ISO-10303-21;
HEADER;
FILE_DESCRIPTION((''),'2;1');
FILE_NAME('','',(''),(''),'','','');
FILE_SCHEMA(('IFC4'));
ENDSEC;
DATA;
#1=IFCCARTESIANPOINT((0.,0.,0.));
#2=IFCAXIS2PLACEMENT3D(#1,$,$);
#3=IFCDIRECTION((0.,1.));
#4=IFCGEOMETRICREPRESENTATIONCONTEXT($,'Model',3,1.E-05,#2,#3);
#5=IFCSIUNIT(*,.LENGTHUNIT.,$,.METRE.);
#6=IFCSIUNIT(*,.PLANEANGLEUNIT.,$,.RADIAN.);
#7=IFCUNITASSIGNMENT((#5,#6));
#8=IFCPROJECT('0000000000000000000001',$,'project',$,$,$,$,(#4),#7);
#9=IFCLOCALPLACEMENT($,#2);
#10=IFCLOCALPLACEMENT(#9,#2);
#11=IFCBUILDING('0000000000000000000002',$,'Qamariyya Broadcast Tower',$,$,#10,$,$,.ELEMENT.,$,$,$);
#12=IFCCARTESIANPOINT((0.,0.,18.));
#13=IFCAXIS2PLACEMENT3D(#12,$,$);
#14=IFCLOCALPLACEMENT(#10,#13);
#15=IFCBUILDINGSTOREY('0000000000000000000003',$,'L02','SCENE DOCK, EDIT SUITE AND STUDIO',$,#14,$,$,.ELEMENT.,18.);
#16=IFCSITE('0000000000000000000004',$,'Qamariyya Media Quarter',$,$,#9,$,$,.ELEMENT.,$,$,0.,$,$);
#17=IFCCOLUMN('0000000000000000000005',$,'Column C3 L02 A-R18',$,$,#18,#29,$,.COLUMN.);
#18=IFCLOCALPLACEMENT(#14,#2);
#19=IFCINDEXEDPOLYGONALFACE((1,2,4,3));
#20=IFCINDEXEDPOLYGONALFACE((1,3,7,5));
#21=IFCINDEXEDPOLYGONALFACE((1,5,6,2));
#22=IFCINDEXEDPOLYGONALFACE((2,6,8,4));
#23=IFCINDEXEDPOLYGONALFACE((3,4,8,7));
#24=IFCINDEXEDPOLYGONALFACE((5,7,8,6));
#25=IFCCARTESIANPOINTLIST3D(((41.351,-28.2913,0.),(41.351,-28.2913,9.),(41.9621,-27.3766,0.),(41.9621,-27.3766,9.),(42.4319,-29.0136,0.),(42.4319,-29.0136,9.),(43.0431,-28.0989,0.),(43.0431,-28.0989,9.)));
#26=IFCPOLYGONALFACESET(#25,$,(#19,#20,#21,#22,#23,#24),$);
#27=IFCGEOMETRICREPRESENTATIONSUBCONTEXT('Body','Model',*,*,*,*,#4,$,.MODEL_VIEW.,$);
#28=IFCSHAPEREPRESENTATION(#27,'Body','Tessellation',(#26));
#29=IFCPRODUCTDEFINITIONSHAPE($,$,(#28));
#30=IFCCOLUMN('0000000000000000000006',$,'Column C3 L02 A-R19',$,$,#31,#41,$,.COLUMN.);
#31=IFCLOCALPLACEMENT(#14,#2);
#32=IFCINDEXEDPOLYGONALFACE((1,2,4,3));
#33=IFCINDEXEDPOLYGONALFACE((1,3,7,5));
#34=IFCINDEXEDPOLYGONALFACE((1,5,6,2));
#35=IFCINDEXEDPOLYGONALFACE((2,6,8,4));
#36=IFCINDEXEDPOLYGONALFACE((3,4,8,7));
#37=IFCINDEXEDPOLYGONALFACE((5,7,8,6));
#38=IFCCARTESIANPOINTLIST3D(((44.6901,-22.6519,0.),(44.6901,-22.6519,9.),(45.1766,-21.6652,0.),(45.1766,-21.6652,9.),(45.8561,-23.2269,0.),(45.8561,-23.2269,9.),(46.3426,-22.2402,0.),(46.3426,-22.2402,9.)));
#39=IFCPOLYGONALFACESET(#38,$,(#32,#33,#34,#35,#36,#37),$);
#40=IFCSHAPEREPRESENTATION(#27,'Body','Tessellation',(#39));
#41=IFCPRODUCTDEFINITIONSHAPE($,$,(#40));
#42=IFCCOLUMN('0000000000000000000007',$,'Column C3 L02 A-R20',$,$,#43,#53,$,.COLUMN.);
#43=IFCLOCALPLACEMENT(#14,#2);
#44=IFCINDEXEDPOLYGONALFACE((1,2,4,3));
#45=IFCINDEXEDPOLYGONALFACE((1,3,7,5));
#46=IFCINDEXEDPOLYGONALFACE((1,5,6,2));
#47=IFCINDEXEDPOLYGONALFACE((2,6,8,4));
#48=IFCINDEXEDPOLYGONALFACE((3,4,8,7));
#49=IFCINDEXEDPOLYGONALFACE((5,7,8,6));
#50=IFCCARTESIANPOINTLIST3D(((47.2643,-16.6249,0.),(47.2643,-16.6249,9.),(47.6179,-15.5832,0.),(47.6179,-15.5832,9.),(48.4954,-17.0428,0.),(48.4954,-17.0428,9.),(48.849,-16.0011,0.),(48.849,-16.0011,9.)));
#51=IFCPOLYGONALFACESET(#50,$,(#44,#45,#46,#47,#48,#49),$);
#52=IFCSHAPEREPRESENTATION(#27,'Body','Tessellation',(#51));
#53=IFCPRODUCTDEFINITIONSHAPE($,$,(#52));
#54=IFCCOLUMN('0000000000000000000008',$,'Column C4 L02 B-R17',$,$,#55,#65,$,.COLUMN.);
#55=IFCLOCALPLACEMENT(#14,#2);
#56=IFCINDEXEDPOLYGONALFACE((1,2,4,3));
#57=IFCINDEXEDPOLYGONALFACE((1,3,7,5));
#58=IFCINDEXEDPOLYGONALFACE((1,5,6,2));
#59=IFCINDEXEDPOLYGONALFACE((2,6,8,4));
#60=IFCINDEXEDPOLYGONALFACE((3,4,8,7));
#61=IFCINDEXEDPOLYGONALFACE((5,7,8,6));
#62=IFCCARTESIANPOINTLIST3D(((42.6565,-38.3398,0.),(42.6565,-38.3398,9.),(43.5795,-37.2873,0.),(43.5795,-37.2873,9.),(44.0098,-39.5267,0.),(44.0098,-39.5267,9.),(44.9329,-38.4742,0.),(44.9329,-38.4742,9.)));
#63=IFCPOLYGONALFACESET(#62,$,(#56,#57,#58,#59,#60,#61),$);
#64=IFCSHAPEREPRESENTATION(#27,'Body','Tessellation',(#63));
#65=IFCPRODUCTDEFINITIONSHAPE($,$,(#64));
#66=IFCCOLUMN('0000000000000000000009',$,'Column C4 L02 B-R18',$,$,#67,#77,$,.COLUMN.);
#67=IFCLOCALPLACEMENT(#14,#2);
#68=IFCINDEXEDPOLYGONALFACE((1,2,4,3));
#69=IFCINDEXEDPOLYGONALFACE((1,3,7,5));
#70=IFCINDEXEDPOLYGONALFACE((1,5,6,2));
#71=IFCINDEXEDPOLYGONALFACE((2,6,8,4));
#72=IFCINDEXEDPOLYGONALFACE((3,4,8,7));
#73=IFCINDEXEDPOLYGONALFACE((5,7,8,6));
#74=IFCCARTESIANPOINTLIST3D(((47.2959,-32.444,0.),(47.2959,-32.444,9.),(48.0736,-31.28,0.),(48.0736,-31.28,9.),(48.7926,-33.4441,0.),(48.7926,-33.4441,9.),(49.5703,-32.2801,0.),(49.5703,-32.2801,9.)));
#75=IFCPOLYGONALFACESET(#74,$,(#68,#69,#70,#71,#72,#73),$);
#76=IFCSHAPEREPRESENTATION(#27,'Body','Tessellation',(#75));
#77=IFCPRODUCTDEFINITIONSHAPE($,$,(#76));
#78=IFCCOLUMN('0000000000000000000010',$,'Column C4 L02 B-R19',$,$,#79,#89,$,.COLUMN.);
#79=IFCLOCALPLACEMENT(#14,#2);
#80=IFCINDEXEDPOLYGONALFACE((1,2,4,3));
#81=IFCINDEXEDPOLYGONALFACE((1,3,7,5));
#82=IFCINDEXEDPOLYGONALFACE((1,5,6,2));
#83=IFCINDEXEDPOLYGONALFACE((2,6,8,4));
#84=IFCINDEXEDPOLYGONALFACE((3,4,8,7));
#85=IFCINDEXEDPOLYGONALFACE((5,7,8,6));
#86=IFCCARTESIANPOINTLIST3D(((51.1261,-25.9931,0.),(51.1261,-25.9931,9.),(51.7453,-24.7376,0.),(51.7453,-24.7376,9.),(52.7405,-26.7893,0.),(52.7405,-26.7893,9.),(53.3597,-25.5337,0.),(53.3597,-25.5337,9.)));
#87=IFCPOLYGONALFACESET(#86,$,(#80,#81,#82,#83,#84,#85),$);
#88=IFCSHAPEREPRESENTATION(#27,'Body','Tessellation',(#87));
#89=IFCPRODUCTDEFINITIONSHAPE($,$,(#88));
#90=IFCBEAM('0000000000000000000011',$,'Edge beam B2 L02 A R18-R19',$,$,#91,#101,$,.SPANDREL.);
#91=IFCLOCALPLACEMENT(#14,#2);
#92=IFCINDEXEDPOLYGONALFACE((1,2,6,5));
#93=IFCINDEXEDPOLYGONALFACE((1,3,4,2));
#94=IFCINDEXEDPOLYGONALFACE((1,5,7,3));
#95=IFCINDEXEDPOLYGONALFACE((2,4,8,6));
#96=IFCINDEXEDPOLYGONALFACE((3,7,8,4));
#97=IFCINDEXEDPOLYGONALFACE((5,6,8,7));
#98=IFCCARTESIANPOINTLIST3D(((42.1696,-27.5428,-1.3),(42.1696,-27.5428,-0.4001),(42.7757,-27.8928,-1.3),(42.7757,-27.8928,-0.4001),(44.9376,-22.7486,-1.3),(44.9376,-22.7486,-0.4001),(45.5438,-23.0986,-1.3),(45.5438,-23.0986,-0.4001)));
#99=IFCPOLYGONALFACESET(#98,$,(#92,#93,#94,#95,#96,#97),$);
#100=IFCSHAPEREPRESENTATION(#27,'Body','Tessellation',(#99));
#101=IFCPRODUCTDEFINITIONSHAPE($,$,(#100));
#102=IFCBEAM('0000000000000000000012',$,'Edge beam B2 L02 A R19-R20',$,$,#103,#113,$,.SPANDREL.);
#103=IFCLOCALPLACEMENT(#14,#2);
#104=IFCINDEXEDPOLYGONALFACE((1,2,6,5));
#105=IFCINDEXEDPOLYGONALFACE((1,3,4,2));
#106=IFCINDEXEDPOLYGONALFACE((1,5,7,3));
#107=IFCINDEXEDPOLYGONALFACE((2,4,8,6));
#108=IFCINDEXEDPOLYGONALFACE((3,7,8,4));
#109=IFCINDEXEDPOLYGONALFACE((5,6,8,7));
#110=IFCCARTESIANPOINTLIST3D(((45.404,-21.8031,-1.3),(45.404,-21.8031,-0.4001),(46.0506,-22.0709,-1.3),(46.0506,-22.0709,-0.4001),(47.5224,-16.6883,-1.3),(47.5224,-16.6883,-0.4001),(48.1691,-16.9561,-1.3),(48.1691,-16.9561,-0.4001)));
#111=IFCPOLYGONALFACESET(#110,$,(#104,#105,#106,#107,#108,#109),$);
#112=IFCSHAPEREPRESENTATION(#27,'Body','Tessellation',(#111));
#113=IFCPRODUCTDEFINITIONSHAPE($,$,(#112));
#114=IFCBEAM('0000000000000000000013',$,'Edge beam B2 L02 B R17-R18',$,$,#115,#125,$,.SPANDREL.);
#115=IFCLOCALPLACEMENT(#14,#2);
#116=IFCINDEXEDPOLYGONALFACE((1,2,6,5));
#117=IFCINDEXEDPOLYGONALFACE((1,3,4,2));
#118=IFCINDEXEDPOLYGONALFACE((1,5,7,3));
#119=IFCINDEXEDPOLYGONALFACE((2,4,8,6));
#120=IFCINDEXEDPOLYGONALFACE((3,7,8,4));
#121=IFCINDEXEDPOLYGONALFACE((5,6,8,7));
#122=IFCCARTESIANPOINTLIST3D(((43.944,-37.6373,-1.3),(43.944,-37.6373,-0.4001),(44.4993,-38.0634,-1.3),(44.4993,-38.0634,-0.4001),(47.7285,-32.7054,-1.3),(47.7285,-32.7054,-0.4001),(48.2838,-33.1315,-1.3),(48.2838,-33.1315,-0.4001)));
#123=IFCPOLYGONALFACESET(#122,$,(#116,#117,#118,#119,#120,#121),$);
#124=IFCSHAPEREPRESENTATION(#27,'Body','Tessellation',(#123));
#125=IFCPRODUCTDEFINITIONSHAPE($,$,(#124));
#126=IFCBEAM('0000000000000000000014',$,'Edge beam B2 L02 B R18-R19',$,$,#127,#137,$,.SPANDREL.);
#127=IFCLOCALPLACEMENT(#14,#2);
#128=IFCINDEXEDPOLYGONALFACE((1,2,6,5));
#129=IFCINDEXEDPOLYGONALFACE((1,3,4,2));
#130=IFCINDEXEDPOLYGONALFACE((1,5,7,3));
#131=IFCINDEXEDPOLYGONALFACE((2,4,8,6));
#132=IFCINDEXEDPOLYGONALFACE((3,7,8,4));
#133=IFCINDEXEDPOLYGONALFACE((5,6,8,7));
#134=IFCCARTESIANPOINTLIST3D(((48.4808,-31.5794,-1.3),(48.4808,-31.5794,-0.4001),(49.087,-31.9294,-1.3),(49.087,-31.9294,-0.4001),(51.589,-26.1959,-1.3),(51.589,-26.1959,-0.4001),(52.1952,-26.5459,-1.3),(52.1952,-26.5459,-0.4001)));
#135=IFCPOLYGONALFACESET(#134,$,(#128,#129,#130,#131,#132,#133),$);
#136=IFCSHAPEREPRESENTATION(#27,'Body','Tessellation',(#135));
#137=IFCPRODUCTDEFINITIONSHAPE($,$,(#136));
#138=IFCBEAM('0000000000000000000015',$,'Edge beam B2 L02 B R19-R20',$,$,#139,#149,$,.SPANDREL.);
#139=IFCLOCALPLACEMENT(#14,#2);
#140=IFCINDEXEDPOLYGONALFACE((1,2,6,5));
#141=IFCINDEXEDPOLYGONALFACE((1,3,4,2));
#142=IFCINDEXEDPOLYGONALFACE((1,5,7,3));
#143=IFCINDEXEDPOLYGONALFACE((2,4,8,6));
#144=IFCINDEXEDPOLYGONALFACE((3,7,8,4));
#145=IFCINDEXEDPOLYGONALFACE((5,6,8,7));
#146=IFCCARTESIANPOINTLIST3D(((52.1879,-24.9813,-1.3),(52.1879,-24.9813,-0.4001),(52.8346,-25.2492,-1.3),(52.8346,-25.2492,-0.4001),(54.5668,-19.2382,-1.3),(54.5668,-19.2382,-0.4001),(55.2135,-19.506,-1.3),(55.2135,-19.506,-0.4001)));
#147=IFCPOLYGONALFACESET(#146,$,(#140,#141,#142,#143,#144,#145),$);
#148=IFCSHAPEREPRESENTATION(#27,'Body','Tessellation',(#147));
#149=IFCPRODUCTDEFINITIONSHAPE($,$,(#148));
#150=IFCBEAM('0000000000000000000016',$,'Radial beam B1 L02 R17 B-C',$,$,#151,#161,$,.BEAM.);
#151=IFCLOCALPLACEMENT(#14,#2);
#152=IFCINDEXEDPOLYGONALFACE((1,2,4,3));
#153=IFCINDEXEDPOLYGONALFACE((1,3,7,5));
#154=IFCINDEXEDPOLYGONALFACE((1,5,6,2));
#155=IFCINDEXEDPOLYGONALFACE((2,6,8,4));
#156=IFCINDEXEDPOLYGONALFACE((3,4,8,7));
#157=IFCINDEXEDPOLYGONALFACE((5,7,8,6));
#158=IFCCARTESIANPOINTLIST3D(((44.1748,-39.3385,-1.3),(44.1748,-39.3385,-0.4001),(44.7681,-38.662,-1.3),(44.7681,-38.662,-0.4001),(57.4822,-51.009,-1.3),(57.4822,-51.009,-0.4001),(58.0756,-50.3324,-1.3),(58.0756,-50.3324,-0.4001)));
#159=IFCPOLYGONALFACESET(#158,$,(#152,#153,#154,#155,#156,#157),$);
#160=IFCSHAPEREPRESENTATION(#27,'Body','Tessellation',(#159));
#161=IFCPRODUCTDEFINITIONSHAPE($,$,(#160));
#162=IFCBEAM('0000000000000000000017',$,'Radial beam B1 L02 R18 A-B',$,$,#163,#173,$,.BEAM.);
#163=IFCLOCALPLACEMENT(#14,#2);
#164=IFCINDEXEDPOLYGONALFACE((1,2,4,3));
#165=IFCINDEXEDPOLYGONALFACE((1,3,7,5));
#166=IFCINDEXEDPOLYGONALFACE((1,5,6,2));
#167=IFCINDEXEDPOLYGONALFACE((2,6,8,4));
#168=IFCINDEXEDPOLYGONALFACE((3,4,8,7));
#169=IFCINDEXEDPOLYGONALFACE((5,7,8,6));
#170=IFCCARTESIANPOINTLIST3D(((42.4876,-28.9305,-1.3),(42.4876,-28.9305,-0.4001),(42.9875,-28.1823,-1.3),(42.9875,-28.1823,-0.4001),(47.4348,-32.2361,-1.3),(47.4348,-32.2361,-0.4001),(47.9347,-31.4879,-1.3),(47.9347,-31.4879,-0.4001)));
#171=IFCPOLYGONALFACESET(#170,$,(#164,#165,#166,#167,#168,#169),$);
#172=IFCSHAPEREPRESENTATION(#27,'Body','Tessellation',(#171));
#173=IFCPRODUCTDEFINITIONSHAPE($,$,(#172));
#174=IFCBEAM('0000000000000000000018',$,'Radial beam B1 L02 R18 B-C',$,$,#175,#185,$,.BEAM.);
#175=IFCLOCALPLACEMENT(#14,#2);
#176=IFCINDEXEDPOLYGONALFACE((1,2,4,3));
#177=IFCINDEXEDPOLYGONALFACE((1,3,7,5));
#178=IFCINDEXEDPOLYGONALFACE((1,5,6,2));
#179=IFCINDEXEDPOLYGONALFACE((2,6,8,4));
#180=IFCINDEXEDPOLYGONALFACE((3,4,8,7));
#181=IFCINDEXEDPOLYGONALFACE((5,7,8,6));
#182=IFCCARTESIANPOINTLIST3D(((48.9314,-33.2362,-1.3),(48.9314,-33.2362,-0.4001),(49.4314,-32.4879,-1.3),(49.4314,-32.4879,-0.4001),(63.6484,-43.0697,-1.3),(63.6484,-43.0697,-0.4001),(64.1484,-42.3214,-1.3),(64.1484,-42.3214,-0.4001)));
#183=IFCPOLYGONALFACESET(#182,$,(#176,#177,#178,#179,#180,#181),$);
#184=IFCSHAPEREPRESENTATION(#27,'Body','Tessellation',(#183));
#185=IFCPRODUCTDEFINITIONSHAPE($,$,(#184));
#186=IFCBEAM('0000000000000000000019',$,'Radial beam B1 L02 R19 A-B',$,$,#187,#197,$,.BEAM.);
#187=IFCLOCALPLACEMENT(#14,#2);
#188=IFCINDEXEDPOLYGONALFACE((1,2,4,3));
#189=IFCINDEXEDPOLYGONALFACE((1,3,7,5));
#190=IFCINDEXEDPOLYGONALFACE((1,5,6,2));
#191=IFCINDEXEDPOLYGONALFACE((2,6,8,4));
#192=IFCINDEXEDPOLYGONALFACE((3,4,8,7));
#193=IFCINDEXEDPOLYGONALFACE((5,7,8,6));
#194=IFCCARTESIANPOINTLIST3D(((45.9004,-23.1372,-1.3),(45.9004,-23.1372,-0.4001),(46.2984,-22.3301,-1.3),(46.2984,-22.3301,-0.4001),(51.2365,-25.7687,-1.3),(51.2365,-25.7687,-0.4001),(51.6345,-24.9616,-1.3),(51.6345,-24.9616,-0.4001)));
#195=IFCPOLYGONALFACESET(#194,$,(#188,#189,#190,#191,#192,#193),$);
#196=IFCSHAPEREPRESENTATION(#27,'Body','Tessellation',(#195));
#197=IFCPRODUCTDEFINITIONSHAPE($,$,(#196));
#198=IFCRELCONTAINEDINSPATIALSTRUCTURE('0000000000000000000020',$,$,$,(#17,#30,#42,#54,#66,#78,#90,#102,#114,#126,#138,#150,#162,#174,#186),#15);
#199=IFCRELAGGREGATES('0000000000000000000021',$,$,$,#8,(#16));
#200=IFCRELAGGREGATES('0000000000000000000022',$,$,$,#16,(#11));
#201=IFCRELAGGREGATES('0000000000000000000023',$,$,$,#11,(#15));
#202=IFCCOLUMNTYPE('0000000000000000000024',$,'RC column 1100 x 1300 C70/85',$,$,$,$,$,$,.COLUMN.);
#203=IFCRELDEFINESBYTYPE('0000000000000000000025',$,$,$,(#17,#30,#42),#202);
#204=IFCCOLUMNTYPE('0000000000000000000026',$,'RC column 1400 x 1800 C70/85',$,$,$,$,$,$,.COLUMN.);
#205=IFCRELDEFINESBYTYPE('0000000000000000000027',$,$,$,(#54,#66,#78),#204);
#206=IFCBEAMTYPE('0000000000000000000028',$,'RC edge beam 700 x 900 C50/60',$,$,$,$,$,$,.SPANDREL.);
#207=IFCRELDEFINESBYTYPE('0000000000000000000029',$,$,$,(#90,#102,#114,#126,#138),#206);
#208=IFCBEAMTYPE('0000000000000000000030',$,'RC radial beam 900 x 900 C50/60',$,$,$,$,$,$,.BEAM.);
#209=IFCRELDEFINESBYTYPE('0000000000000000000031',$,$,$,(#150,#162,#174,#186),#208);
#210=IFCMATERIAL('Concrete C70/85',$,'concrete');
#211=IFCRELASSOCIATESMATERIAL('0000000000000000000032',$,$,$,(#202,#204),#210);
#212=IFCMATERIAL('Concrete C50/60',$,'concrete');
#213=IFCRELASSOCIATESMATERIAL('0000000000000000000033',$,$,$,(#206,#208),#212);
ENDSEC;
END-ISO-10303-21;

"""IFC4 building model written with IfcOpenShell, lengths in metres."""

from ifc_helpers import new_model, si_unit, direction, frame, origin, origin_2d, place, context, subcontext, project, spatial, rectangle, extrude, material, material_profile, profile_set, type_object, element, save


model = new_model("IFC4")

# Units and contexts
model_context = context("Model", 3, precision=1e-05, world=origin(), true_north=direction((0.0, 1.0)))
body_context = subcontext(model_context, "Body", "Model", "MODEL_VIEW")
ifc_project = project(units=[si_unit("LENGTHUNIT", "METRE"), si_unit("PLANEANGLEUNIT", "RADIAN")], contexts=[model_context])

# Site, building, storey
site_placement = place(None, origin())
site = spatial("IfcSite", under=ifc_project, at=site_placement, Name="Qamariyya Media Quarter", CompositionType="ELEMENT", RefElevation=0.0)
building_placement = place(site_placement, origin())
building = spatial("IfcBuilding", under=site, at=building_placement, Name="Qamariyya Broadcast Tower", CompositionType="ELEMENT")
storey_placement = place(building_placement, frame((0.0, 0.0, 18.0)))
storey = spatial("IfcBuildingStorey", under=building, at=storey_placement, Name="L02", Description="SCENE DOCK, EDIT SUITE AND STUDIO", CompositionType="ELEMENT", Elevation=18.0)

# Columns
ifc_material_1 = material(Name="Concrete C70/85", Category="concrete")
ifc_material_profile_1 = material_profile(ifc_material_1, rectangle(XDim=1.1001, YDim=1.3, at=origin_2d()))
ifc_profile_set_1 = profile_set([ifc_material_profile_1], Name="Concrete C70/85")
column_type_1 = type_object("IfcColumnType", Name="RC column 1100 x 1300 C70/85", PredefinedType="COLUMN", material=ifc_profile_set_1)
for number, where, z_axis, x_axis, name in (
    (1, (42.197, -28.1951, 0.0), (0.0, 0.0, 1.0), (0.55557, 0.83147, 0.0), "Column C3 L02 A-R18"),
    (2, (45.5164, -22.446, 0.0), (0.0, 0.0, 1.0), (0.442289, 0.896873, 0.0), "Column C3 L02 A-R19"),
    (3, (48.0566, -16.313, 0.0), (0.0, 0.0, 1.0), (0.321439, 0.94693, 0.0), "Column C3 L02 A-R20"),
):
    element("IfcColumn", number, at=place(storey_placement, frame(where, z_axis=z_axis, x_axis=x_axis)), inside=storey, type_object=column_type_1, Name=name, PredefinedType="COLUMN", context=body_context, shape_type="SweptSolid", body=[
        extrude(rectangle(XDim=1.1001, YDim=1.3, at=origin_2d()), origin(), (0.0, 0.0, 1.0), 9.0),
    ])
ifc_material_profile_2 = material_profile(ifc_material_1, rectangle(XDim=1.3999, YDim=1.8, at=origin_2d()))
ifc_profile_set_2 = profile_set([ifc_material_profile_2], Name="Concrete C70/85")
column_type_2 = type_object("IfcColumnType", Name="RC column 1400 x 1800 C70/85", PredefinedType="COLUMN", material=ifc_profile_set_2)
for number, where, z_axis, x_axis, name in (
    (4, (43.7947, -38.407, 0.0), (0.0, 0.0, 1.0), (0.659346, 0.75184, 0.0), "Column C4 L02 B-R17"),
    (5, (48.4331, -32.3621, 0.0), (0.0, 0.0, 1.0), (0.55557, 0.83147, 0.0), "Column C4 L02 B-R18"),
    (6, (52.2429, -25.7634, 0.0), (0.0, 0.0, 1.0), (0.442289, 0.896873, 0.0), "Column C4 L02 B-R19"),
):
    element("IfcColumn", number, at=place(storey_placement, frame(where, z_axis=z_axis, x_axis=x_axis)), inside=storey, type_object=column_type_2, Name=name, PredefinedType="COLUMN", context=body_context, shape_type="SweptSolid", body=[
        extrude(rectangle(XDim=1.3999, YDim=1.8, at=origin_2d()), origin(), (0.0, 0.0, 1.0), 9.0),
    ])

# Beams
ifc_material_2 = material(Name="Concrete C50/60", Category="concrete")
ifc_material_profile_3 = material_profile(ifc_material_2, rectangle(XDim=0.7, YDim=0.8999, at=origin_2d()))
ifc_profile_set_3 = profile_set([ifc_material_profile_3], Name="Concrete C50/60")
beam_type_1 = type_object("IfcBeamType", Name="RC edge beam 700 x 900 C50/60", PredefinedType="SPANDREL", material=ifc_profile_set_3)
beam_1_placement = place(storey_placement, frame((42.4727, -27.7178, -0.8501), z_axis=(0.500019, 0.866014, 0.0), x_axis=(-0.866014, 0.500019, 0.0)))
element("IfcBeam", 7, at=beam_1_placement, inside=storey, type_object=beam_type_1, Name="Edge beam B2 L02 A R18-R19", PredefinedType="SPANDREL", context=body_context, shape_type="SweptSolid", body=[
    extrude(rectangle(XDim=0.7, YDim=0.8999, at=origin_2d()), origin(), (0.0, 0.0, 1.0), 5.5359),
])
beam_2_placement = place(storey_placement, frame((45.7273, -21.937, -0.8501), z_axis=(0.382654, 0.923892, 0.0), x_axis=(-0.923892, 0.382654, 0.0)))
element("IfcBeam", 8, at=beam_2_placement, inside=storey, type_object=beam_type_1, Name="Edge beam B2 L02 A R19-R20", PredefinedType="SPANDREL", context=body_context, shape_type="SweptSolid", body=[
    extrude(rectangle(XDim=0.7, YDim=0.8999, at=origin_2d()), origin(), (0.0, 0.0, 1.0), 5.5361),
])
beam_3_placement = place(storey_placement, frame((44.2217, -37.8503, -0.8501), z_axis=(0.608767, 0.793349, 0.0), x_axis=(-0.793349, 0.608767, 0.0)))
element("IfcBeam", 9, at=beam_3_placement, inside=storey, type_object=beam_type_1, Name="Edge beam B2 L02 B R17-R18", PredefinedType="SPANDREL", context=body_context, shape_type="SweptSolid", body=[
    extrude(rectangle(XDim=0.7, YDim=0.8999, at=origin_2d()), origin(), (0.0, 0.0, 1.0), 6.2166),
])
for number, where, z_axis, x_axis, name in (
    (10, (48.7839, -31.7544, -0.8501), (0.499996, 0.866028, 0.0), (-0.866028, 0.499996, 0.0), "Edge beam B2 L02 B R18-R19"),
    (11, (52.5112, -25.1152, -0.8501), (0.382685, 0.923879, 0.0), (-0.923879, 0.382685, 0.0), "Edge beam B2 L02 B R19-R20"),
):
    element("IfcBeam", number, at=place(storey_placement, frame(where, z_axis=z_axis, x_axis=x_axis)), inside=storey, type_object=beam_type_1, Name=name, PredefinedType="SPANDREL", context=body_context, shape_type="SweptSolid", body=[
        extrude(rectangle(XDim=0.7, YDim=0.8999, at=origin_2d()), origin(), (0.0, 0.0, 1.0), 6.2163),
    ])
ifc_material_profile_4 = material_profile(ifc_material_2, rectangle(XDim=0.8999, YDim=0.8999, at=origin_2d()))
ifc_profile_set_4 = profile_set([ifc_material_profile_4], Name="Concrete C50/60")
beam_type_2 = type_object("IfcBeamType", Name="RC radial beam 900 x 900 C50/60", PredefinedType="BEAM", material=ifc_profile_set_4)
beam_4_placement = place(storey_placement, frame((44.4714, -39.0002, -0.8501), z_axis=(0.751835, -0.659351, 0.0), x_axis=(0.659351, 0.751835, 0.0)))
element("IfcBeam", 12, at=beam_4_placement, inside=storey, type_object=beam_type_2, Name="Radial beam B1 L02 R17 B-C", PredefinedType="BEAM", context=body_context, shape_type="SweptSolid", body=[
    extrude(rectangle(XDim=0.8999, YDim=0.8999, at=origin_2d()), origin(), (0.0, 0.0, 1.0), 17.7),
])
beam_5_placement = place(storey_placement, frame((42.7375, -28.5564, -0.8501), z_axis=(0.831469, -0.555571, 0.0), x_axis=(0.555571, 0.831469, 0.0)))
element("IfcBeam", 13, at=beam_5_placement, inside=storey, type_object=beam_type_2, Name="Radial beam B1 L02 R18 A-B", PredefinedType="BEAM", context=body_context, shape_type="SweptSolid", body=[
    extrude(rectangle(XDim=0.8999, YDim=0.8999, at=origin_2d()), origin(), (0.0, 0.0, 1.0), 5.95),
])
beam_6_placement = place(storey_placement, frame((49.1814, -32.8621, -0.8501), z_axis=(0.831473, -0.555566, 0.0), x_axis=(0.555566, 0.831473, 0.0)))
element("IfcBeam", 14, at=beam_6_placement, inside=storey, type_object=beam_type_2, Name="Radial beam B1 L02 R18 B-C", PredefinedType="BEAM", context=body_context, shape_type="SweptSolid", body=[
    extrude(rectangle(XDim=0.8999, YDim=0.8999, at=origin_2d()), origin(), (0.0, 0.0, 1.0), 17.7),
])
beam_7_placement = place(storey_placement, frame((46.0994, -22.7336, -0.8501), z_axis=(0.896868, -0.442299, 0.0), x_axis=(0.442299, 0.896868, 0.0)))
element("IfcBeam", 15, at=beam_7_placement, inside=storey, type_object=beam_type_2, Name="Radial beam B1 L02 R19 A-B", PredefinedType="BEAM", context=body_context, shape_type="SweptSolid", body=[
    extrude(rectangle(XDim=0.8999, YDim=0.8999, at=origin_2d()), origin(), (0.0, 0.0, 1.0), 5.9497),
])

save(model, "model.ifc")
